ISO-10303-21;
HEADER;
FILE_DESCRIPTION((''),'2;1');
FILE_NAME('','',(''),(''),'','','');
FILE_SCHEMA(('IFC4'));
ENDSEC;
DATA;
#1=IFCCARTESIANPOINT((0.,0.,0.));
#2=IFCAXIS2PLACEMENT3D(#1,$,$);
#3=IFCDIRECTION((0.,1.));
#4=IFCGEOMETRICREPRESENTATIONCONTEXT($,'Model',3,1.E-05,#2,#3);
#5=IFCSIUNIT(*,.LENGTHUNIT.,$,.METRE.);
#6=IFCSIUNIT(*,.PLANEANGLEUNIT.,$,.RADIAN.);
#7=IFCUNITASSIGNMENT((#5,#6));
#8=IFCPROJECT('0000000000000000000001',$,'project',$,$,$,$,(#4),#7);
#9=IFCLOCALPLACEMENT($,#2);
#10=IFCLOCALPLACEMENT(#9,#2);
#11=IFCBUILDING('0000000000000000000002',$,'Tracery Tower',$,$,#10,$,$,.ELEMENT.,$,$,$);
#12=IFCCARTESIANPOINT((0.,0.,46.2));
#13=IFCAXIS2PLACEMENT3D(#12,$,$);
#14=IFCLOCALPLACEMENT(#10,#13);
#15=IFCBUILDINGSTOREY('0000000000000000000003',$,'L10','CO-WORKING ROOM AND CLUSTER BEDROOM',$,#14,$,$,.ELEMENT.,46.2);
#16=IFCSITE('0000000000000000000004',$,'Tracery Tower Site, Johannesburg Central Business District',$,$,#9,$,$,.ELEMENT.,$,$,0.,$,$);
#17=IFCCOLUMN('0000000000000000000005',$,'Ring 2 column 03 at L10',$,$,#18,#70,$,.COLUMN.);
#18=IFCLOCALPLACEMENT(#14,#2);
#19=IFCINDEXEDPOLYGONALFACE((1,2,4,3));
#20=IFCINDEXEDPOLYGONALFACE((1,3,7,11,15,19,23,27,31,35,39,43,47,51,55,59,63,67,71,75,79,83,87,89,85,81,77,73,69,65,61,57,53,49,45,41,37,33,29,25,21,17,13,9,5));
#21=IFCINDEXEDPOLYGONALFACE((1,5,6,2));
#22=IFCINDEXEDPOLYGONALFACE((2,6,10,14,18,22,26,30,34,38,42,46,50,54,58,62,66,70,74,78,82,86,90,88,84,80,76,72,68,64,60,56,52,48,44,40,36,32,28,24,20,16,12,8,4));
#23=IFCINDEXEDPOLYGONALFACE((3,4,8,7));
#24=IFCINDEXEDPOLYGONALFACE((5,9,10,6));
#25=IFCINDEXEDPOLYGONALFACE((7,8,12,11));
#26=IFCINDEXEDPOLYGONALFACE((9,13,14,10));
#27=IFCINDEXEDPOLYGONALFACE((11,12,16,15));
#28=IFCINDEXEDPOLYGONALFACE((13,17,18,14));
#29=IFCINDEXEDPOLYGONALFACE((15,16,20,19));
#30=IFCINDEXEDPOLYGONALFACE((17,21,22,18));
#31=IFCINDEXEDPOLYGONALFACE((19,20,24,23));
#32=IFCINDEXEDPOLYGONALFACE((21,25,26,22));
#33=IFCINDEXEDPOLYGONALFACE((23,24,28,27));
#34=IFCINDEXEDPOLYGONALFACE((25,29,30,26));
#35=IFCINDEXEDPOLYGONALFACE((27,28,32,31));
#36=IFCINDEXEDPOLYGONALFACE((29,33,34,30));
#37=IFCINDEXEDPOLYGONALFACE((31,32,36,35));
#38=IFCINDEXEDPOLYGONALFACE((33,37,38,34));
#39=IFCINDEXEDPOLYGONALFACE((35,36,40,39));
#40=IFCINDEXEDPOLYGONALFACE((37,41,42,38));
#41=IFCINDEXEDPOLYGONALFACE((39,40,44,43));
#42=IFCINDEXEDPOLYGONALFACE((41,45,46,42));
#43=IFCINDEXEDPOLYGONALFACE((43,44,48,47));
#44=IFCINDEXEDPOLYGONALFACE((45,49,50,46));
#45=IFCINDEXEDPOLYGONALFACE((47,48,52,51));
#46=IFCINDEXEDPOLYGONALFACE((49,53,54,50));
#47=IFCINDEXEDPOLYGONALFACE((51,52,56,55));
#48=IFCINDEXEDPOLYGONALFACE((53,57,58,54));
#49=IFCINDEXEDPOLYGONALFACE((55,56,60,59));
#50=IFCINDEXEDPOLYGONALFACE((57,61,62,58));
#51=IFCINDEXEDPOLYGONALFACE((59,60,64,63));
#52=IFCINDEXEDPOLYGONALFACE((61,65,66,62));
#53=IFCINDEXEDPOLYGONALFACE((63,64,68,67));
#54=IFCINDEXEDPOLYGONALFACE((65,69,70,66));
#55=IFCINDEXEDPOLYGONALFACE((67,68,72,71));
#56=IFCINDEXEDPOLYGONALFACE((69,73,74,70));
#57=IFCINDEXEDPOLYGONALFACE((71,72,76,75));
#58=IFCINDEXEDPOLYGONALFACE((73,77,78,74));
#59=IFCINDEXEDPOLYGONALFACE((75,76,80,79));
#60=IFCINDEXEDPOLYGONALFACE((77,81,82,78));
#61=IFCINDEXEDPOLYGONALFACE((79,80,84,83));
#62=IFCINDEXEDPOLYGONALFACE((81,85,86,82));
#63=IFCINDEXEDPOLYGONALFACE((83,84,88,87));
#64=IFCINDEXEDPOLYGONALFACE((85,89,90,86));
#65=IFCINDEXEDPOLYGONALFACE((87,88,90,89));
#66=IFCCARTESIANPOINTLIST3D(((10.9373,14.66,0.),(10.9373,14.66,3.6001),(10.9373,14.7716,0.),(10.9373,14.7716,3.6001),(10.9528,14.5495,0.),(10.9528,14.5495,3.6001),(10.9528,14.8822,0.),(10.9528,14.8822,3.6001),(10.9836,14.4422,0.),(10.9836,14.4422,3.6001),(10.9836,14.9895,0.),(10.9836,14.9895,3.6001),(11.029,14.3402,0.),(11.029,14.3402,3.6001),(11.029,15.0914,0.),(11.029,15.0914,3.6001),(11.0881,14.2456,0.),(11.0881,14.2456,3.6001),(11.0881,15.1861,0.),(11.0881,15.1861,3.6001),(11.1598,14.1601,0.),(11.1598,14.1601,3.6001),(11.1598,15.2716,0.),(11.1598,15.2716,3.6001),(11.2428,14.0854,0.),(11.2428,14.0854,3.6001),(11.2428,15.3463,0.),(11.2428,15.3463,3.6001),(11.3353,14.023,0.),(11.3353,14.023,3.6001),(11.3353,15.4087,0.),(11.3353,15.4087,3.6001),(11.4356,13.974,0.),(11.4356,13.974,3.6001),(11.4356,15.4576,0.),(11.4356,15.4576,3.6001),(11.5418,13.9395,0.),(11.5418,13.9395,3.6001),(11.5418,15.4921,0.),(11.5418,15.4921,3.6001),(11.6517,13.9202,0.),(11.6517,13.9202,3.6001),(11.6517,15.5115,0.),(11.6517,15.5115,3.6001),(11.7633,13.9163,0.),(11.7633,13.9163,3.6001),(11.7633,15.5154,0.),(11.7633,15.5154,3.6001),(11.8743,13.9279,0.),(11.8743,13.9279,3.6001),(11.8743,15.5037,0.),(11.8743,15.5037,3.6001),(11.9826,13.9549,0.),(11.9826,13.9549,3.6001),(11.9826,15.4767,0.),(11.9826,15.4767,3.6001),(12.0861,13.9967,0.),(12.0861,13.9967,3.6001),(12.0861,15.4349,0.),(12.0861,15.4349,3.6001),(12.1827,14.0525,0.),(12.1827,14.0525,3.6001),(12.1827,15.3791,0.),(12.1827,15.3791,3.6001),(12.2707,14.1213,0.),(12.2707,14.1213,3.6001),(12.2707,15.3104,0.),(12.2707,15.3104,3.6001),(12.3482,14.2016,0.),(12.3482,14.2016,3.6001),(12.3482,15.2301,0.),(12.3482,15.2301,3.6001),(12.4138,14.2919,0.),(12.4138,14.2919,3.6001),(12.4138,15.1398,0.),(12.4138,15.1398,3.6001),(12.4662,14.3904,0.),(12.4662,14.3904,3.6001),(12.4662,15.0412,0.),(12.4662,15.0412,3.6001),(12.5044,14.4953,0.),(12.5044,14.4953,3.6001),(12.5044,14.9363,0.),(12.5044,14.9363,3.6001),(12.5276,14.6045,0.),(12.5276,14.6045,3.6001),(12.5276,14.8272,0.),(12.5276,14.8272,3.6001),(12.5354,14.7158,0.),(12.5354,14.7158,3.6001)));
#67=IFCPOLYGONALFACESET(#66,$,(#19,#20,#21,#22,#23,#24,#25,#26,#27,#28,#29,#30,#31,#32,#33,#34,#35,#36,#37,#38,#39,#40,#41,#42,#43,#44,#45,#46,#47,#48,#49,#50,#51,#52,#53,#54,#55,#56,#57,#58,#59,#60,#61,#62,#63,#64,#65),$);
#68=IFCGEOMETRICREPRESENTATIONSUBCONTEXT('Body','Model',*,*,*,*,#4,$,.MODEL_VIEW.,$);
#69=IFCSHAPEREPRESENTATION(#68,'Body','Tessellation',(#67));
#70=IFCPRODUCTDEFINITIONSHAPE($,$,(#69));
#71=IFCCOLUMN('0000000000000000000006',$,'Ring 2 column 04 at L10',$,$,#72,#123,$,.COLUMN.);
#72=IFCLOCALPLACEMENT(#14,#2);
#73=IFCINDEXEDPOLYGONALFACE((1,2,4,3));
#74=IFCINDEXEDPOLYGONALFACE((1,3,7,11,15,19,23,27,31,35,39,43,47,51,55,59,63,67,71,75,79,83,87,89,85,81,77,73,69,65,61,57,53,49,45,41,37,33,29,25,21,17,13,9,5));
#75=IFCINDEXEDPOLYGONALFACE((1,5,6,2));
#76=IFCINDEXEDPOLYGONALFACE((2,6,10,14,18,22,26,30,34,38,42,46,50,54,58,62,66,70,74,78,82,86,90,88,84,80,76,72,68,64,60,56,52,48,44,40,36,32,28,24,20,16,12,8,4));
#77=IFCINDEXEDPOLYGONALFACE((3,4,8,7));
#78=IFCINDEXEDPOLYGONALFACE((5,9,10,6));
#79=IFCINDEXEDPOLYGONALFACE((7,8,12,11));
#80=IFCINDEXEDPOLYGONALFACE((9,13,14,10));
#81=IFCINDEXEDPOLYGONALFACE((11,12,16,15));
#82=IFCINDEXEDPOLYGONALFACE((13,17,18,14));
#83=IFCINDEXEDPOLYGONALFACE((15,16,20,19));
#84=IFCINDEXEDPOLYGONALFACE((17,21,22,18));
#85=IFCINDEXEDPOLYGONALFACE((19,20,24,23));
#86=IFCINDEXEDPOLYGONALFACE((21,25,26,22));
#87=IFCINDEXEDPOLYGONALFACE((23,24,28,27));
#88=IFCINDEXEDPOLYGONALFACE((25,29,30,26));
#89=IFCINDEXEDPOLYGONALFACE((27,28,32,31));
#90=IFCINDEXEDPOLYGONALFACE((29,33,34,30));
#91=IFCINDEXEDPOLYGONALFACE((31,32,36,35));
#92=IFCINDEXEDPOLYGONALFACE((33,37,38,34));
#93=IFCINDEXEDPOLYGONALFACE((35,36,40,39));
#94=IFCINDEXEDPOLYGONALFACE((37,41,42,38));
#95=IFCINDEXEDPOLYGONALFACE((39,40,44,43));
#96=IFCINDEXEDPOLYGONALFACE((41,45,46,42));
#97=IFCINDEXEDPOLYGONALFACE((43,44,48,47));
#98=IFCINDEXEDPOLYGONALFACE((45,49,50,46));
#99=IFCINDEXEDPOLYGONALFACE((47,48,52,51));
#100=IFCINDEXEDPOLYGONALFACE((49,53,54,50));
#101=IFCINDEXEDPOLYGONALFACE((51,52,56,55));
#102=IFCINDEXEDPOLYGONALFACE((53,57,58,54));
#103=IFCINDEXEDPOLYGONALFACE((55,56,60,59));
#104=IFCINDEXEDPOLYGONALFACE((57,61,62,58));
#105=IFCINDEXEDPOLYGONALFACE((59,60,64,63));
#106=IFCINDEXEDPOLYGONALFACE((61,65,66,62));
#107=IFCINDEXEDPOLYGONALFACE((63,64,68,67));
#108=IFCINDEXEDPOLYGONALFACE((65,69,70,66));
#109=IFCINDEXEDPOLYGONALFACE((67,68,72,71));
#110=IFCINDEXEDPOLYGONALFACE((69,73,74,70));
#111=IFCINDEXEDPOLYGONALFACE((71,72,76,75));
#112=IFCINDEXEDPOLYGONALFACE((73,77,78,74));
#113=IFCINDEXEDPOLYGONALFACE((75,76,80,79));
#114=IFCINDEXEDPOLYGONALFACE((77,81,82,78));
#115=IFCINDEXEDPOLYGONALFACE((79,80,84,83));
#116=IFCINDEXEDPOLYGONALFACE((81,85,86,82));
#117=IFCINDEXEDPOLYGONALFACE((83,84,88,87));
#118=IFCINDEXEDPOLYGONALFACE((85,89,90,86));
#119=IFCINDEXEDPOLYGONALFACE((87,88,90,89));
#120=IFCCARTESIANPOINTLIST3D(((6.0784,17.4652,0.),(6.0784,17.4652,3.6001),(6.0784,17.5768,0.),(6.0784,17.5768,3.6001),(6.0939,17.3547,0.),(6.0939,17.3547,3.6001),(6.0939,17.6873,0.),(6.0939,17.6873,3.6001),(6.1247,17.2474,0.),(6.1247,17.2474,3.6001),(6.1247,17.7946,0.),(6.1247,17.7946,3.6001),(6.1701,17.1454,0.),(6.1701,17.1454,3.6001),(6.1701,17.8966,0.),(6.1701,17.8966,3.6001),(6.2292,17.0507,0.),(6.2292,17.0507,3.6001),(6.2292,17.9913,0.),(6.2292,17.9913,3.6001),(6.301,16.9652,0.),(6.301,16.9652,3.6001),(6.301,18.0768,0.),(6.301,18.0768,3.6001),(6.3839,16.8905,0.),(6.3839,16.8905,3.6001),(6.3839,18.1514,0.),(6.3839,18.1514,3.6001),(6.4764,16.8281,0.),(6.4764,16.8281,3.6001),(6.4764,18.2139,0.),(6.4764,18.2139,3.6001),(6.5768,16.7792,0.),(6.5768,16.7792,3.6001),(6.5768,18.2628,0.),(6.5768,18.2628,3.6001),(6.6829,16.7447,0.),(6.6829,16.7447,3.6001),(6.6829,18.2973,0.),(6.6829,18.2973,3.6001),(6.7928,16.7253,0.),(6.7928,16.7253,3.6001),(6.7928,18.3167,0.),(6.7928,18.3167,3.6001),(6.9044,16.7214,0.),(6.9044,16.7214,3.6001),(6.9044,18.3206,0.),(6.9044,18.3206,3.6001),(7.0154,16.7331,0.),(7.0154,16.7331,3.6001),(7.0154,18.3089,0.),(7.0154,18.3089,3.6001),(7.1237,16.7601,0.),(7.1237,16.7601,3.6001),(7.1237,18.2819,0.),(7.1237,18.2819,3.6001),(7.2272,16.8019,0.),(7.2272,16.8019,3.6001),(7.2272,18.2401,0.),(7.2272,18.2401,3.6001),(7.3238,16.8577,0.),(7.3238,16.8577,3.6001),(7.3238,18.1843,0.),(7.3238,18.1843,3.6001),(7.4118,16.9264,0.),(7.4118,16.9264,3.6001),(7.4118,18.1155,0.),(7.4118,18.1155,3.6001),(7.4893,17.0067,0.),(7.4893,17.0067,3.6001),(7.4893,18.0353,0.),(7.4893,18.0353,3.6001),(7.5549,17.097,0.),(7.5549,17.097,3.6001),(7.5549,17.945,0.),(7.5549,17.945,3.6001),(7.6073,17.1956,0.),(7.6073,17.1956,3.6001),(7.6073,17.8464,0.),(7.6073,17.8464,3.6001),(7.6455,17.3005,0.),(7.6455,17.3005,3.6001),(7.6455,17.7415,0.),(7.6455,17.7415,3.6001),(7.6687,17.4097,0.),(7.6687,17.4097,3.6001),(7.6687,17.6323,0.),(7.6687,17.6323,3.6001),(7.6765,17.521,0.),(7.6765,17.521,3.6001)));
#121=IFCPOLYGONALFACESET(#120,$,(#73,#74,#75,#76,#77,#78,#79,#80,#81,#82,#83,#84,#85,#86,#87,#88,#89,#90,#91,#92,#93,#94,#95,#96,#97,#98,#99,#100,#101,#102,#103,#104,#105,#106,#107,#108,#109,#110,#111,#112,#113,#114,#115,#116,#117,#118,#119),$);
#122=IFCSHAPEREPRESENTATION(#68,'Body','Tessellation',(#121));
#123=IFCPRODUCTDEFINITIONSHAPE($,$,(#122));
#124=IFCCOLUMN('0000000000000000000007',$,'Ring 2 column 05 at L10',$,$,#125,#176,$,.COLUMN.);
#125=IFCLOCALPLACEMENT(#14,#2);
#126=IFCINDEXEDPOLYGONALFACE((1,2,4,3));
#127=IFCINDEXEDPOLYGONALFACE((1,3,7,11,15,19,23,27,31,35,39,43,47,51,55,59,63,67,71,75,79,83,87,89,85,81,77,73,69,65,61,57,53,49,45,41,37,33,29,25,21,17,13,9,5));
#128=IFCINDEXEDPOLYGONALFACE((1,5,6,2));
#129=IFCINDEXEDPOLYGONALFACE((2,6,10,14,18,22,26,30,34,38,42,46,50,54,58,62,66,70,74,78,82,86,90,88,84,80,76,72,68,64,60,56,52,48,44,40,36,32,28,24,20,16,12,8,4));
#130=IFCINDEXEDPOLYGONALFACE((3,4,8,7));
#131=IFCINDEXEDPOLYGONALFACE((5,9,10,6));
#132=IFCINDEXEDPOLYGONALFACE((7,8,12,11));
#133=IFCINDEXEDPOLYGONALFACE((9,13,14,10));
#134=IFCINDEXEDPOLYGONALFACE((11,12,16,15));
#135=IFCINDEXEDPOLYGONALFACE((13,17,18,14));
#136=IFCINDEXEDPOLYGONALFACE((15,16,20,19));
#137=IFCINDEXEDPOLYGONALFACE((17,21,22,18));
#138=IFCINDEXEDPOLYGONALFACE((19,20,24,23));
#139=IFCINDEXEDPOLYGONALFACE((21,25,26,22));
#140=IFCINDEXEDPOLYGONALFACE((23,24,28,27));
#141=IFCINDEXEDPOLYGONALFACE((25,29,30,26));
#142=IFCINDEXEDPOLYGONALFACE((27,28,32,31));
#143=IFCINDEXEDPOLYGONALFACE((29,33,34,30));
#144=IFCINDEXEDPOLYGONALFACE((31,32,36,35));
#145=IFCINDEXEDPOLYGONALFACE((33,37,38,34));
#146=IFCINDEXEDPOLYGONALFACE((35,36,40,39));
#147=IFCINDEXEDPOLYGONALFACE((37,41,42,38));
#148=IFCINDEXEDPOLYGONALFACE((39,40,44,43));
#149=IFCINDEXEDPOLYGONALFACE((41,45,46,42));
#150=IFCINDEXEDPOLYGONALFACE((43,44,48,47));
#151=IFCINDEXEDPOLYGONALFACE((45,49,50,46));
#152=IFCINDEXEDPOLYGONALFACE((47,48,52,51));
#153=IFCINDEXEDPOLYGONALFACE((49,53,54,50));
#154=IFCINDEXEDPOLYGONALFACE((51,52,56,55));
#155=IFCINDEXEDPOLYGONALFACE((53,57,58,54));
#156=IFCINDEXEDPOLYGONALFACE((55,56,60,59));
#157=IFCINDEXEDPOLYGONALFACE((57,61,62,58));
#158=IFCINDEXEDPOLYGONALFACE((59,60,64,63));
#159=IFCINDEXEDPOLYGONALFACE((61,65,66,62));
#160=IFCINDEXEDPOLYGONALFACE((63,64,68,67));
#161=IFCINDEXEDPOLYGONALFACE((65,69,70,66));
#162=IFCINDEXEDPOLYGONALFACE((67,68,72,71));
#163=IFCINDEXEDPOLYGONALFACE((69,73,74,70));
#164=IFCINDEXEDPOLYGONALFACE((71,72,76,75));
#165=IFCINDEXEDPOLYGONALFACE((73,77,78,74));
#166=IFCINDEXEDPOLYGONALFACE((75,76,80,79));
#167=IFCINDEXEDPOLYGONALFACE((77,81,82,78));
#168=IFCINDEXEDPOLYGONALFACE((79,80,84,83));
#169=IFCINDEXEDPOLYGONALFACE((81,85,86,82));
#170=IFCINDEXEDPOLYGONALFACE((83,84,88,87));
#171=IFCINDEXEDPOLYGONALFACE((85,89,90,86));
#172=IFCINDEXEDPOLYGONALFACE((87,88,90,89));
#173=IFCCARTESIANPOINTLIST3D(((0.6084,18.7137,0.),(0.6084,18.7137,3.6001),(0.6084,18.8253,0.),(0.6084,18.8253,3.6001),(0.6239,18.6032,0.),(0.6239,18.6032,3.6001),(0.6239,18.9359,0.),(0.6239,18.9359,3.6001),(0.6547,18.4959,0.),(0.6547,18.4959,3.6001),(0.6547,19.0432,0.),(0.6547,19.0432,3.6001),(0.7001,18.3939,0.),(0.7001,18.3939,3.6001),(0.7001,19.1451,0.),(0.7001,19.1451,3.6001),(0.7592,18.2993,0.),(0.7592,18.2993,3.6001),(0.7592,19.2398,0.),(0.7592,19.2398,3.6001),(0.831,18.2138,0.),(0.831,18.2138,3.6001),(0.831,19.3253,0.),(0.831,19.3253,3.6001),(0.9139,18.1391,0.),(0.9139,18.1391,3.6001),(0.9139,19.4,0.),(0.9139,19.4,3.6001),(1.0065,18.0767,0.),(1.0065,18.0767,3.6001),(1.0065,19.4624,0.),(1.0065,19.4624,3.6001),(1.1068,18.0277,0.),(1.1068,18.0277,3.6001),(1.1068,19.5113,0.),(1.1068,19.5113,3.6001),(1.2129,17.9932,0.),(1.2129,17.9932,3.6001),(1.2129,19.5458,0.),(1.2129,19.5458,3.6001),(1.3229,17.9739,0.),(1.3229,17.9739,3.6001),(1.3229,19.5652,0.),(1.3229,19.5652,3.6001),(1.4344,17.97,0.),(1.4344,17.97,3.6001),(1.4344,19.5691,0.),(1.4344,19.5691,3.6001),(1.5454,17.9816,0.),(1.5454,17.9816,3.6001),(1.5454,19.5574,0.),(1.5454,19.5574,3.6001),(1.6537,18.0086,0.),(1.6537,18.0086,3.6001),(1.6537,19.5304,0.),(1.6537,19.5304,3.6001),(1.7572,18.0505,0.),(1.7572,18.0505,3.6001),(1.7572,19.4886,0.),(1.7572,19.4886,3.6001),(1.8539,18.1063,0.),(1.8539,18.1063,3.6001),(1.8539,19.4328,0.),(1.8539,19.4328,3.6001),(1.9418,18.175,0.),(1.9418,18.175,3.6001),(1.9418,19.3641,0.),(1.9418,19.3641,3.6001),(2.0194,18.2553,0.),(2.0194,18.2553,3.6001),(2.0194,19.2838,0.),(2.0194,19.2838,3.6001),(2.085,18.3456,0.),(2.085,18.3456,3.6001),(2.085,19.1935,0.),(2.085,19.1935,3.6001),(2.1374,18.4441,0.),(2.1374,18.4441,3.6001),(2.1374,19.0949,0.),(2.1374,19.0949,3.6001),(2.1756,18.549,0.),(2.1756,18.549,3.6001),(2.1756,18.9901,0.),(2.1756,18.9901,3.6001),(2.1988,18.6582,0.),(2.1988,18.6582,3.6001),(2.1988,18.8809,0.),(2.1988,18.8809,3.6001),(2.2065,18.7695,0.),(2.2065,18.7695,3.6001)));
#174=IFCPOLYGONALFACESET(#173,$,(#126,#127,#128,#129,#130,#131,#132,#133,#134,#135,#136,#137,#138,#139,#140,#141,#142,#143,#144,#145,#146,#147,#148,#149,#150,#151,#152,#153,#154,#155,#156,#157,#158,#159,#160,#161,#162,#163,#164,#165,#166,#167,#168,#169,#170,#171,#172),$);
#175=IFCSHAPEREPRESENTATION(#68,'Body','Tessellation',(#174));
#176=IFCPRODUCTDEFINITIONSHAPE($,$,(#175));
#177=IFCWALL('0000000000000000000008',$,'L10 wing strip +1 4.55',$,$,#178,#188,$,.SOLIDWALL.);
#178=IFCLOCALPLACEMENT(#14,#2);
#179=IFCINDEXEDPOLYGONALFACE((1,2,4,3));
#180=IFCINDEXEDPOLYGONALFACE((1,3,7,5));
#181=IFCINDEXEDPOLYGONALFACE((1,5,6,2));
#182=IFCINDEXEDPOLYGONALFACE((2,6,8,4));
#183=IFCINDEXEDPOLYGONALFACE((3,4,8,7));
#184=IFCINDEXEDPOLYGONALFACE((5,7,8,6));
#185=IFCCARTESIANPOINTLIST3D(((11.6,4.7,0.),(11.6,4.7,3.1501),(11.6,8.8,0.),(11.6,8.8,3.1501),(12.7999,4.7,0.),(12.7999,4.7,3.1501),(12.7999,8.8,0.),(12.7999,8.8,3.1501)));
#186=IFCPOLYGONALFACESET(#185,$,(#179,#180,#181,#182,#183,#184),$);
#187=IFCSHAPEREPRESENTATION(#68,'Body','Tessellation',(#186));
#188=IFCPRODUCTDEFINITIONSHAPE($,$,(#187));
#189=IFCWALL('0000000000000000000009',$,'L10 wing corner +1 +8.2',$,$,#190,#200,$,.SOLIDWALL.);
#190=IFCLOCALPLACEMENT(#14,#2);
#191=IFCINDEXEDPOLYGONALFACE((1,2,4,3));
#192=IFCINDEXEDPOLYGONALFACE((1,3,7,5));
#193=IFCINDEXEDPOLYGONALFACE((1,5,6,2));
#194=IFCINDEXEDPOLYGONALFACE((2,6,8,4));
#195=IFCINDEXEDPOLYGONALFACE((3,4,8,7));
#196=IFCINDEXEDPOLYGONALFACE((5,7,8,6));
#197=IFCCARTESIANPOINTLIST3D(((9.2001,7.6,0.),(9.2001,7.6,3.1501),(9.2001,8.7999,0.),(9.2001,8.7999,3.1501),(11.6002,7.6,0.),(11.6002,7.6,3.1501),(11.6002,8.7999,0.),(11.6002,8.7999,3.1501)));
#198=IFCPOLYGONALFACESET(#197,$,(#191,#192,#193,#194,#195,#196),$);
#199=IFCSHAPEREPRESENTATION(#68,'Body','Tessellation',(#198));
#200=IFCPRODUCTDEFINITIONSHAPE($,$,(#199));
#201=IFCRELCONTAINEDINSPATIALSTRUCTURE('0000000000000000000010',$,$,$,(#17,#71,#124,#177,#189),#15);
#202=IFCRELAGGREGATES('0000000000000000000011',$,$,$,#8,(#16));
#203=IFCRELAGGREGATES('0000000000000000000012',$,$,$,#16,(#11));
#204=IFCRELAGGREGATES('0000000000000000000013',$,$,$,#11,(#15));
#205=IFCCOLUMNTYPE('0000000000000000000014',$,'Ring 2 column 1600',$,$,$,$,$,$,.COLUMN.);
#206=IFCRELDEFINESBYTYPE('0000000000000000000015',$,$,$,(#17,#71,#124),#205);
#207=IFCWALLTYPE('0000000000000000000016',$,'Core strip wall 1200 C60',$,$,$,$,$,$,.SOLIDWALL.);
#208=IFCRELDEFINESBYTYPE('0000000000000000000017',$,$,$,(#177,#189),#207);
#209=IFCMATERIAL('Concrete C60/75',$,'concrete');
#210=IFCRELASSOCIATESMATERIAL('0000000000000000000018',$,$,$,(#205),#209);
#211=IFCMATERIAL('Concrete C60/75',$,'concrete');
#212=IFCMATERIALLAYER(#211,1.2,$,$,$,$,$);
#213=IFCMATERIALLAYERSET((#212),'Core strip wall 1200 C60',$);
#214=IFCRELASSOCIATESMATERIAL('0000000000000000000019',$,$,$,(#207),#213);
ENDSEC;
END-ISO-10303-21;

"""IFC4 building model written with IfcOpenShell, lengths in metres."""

from ifc_helpers import new_model, si_unit, direction, frame, frame_2d, origin, origin_2d, place, context, subcontext, project, spatial, rectangle, circle, extrude, material, layer, layer_set, material_profile, profile_set, type_object, element, save


model = new_model("IFC4")

# Units and contexts
model_context = context("Model", 3, precision=1e-05, world=origin(), true_north=direction((0.0, 1.0)))
body_context = subcontext(model_context, "Body", "Model", "MODEL_VIEW")
ifc_project = project(units=[si_unit("LENGTHUNIT", "METRE"), si_unit("PLANEANGLEUNIT", "RADIAN")], contexts=[model_context])

# Site, building, storey
site_placement = place(None, origin())
site = spatial("IfcSite", under=ifc_project, at=site_placement, Name="Tracery Tower Site, Johannesburg Central Business District", CompositionType="ELEMENT", RefElevation=0.0)
building_placement = place(site_placement, origin())
building = spatial("IfcBuilding", under=site, at=building_placement, Name="Tracery Tower", CompositionType="ELEMENT")
storey_placement = place(building_placement, frame((0.0, 0.0, 46.2)))
storey = spatial("IfcBuildingStorey", under=building, at=storey_placement, Name="L10", Description="CO-WORKING ROOM AND CLUSTER BEDROOM", CompositionType="ELEMENT", Elevation=46.2)

# Columns
ifc_material_1 = material(Name="Concrete C60/75", Category="concrete")
ifc_material_profile_1 = material_profile(ifc_material_1, circle(Radius=0.8, at=origin_2d()), Name="RC D1600")
ifc_profile_set_1 = profile_set([ifc_material_profile_1], Name="Concrete C60/75")
column_type_1 = type_object("IfcColumnType", Name="Ring 2 column 1600", PredefinedType="COLUMN", material=ifc_profile_set_1)
for number, where, z_axis, x_axis, name in (
    (1, (11.7354, 14.7158, 0.0), (0.0, 0.0, 1.0), (1.0, 0.0, 0.0), "Ring 2 column 03 at L10"),
    (2, (6.8765, 17.521, 0.0), (0.0, 0.0, 1.0), (1.0, 0.0, 0.0), "Ring 2 column 04 at L10"),
    (3, (1.4065, 18.7695, 0.0), (0.0, 0.0, 1.0), (1.0, 0.0, 0.0), "Ring 2 column 05 at L10"),
):
    element("IfcColumn", number, at=place(storey_placement, frame(where, z_axis=z_axis, x_axis=x_axis)), inside=storey, type_object=column_type_1, Name=name, PredefinedType="COLUMN", context=body_context, shape_type="SweptSolid", body=[
        extrude(circle(Radius=0.8, at=origin_2d()), origin(), (0.0, 0.0, 1.0), 3.6001),
    ])

# Walls
ifc_material_2 = material(Name="Concrete C60/75", Category="concrete")
ifc_layer_1 = layer(ifc_material_2, 1.2)
ifc_layer_set_1 = layer_set([ifc_layer_1], Name="Core strip wall 1200 C60")
wall_type_1 = type_object("IfcWallType", Name="Core strip wall 1200 C60", PredefinedType="SOLIDWALL", material=ifc_layer_set_1)
wall_1_placement = place(storey_placement, frame((12.2, 4.7, 0.0), z_axis=(0.0, 0.0, 1.0), x_axis=(0.0, 1.0, 0.0)))
element("IfcWall", 4, at=wall_1_placement, inside=storey, type_object=wall_type_1, Name="L10 wing strip +1 4.55", PredefinedType="SOLIDWALL", context=body_context, shape_type="SweptSolid", body=[
    extrude(rectangle(XDim=4.1001, YDim=1.2, at=frame_2d((2.05, 0.0))), origin(), (0.0, 0.0, 1.0), 3.1501),
])
wall_2_placement = place(storey_placement, frame((9.2, 8.2, 0.0), z_axis=(0.0, 0.0, 1.0), x_axis=(1.0, 0.0, 0.0)))
element("IfcWall", 5, at=wall_2_placement, inside=storey, type_object=wall_type_1, Name="L10 wing corner +1 +8.2", PredefinedType="SOLIDWALL", context=body_context, shape_type="SweptSolid", body=[
    extrude(rectangle(XDim=2.4001, YDim=1.2, at=frame_2d((1.2002, 0.0))), origin(), (0.0, 0.0, 1.0), 3.1501),
])

save(model, "model.ifc")
